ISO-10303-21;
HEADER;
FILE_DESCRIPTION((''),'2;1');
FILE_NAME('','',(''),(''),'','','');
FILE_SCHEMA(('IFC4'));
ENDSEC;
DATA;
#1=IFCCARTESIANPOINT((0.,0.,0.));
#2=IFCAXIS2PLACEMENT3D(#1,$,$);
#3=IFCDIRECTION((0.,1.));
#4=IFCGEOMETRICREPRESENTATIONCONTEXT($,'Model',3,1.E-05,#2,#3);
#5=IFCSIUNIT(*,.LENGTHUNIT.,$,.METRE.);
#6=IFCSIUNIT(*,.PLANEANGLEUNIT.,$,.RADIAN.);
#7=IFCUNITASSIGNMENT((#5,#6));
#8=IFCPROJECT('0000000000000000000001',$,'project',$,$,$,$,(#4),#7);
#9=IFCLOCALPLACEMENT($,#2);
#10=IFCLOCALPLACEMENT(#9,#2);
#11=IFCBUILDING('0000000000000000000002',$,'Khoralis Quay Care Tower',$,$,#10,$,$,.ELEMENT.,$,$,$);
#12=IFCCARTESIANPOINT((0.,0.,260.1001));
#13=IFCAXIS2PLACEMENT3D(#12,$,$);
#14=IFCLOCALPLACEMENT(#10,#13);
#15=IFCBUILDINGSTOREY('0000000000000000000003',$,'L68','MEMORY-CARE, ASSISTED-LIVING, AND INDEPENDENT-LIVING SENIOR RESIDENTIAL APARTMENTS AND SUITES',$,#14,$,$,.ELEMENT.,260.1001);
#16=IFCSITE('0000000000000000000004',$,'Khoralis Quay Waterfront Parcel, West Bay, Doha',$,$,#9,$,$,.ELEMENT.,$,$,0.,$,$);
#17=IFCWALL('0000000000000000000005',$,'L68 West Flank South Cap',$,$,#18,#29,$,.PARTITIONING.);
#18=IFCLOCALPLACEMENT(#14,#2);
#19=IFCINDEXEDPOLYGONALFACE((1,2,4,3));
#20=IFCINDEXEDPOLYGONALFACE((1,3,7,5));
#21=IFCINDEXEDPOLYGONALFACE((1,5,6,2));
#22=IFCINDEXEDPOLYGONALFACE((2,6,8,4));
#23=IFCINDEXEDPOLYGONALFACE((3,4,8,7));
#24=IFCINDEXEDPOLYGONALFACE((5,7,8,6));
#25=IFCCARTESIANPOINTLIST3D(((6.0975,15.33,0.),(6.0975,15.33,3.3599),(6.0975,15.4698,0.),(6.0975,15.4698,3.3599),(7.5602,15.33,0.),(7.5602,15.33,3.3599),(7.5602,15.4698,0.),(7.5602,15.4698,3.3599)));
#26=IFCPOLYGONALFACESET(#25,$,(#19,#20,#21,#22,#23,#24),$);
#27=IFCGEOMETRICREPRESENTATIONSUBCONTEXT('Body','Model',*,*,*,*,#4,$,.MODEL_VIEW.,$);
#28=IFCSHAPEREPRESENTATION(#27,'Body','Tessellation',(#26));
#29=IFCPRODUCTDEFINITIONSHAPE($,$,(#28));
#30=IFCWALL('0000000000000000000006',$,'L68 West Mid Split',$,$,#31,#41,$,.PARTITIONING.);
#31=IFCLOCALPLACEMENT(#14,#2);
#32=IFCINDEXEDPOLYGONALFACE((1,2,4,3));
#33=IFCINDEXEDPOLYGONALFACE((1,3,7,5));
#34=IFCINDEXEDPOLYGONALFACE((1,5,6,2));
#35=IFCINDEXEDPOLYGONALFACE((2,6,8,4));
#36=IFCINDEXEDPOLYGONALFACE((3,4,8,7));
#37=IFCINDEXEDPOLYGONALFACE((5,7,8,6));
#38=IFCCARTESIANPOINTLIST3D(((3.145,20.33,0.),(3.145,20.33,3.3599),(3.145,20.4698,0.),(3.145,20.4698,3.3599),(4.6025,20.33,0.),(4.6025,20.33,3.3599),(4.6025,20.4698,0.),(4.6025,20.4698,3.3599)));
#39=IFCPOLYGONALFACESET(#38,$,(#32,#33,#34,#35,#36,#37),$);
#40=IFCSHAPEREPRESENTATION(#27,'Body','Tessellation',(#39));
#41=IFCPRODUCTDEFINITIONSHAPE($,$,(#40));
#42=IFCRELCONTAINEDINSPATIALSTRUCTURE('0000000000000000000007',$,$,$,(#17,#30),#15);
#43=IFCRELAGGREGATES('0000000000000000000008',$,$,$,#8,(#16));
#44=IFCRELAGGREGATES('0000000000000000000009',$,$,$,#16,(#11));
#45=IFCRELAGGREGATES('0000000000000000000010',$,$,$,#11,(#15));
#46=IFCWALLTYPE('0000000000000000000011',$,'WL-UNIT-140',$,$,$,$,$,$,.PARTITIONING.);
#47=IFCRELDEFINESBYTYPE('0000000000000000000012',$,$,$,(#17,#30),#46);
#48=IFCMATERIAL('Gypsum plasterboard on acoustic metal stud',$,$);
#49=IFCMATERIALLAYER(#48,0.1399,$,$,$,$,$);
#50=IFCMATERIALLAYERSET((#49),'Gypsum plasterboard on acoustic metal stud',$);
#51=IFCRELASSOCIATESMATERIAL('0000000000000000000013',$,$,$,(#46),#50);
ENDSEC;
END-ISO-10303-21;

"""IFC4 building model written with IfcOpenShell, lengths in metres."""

from ifc_helpers import new_model, si_unit, direction, frame, frame_2d, origin, place, context, subcontext, project, spatial, rectangle, extrude, material, layer, layer_set, type_object, element, save


model = new_model("IFC4")

# Units and contexts
model_context = context("Model", 3, precision=1e-05, world=origin(), true_north=direction((0.0, 1.0)))
body_context = subcontext(model_context, "Body", "Model", "MODEL_VIEW")
ifc_project = project(units=[si_unit("LENGTHUNIT", "METRE"), si_unit("PLANEANGLEUNIT", "RADIAN")], contexts=[model_context])

# Site, building, storey
site_placement = place(None, origin())
site = spatial("IfcSite", under=ifc_project, at=site_placement, Name="Khoralis Quay Waterfront Parcel, West Bay, Doha", CompositionType="ELEMENT", RefElevation=0.0)
building_placement = place(site_placement, origin())
building = spatial("IfcBuilding", under=site, at=building_placement, Name="Khoralis Quay Care Tower", CompositionType="ELEMENT")
storey_placement = place(building_placement, frame((0.0, 0.0, 260.1001)))
storey = spatial("IfcBuildingStorey", under=building, at=storey_placement, Name="L68", Description="MEMORY-CARE, ASSISTED-LIVING, AND INDEPENDENT-LIVING SENIOR RESIDENTIAL APARTMENTS AND SUITES", CompositionType="ELEMENT", Elevation=260.1001)

# Shared definitions
ifc_material_1 = material(Name="Gypsum plasterboard on acoustic metal stud")

# Walls
ifc_layer_1 = layer(ifc_material_1, 0.1399)
ifc_layer_set_1 = layer_set([ifc_layer_1], Name="Gypsum plasterboard on acoustic metal stud")
wall_type_1 = type_object("IfcWallType", Name="WL-UNIT-140", PredefinedType="PARTITIONING", material=ifc_layer_set_1)
wall_1_placement = place(storey_placement, frame((6.0974, 15.3999, 0.0), z_axis=(0.0, 0.0, 1.0), x_axis=(1.0, 0.0, 0.0)))
element("IfcWall", 1, at=wall_1_placement, inside=storey, type_object=wall_type_1, Name="L68 West Flank South Cap", PredefinedType="PARTITIONING", context=body_context, shape_type="SweptSolid", body=[
    extrude(rectangle(XDim=1.4626, YDim=0.1399, at=frame_2d((0.7314, 0.0))), origin(), (0.0, 0.0, 1.0), 3.3599),
])
wall_2_placement = place(storey_placement, frame((3.145, 20.3999, 0.0), z_axis=(0.0, 0.0, 1.0), x_axis=(1.0, 0.0, 0.0)))
element("IfcWall", 2, at=wall_2_placement, inside=storey, type_object=wall_type_1, Name="L68 West Mid Split", PredefinedType="PARTITIONING", context=body_context, shape_type="SweptSolid", body=[
    extrude(rectangle(XDim=1.4575, YDim=0.1399, at=frame_2d((0.7288, 0.0))), origin(), (0.0, 0.0, 1.0), 3.3599),
])

save(model, "model.ifc")
